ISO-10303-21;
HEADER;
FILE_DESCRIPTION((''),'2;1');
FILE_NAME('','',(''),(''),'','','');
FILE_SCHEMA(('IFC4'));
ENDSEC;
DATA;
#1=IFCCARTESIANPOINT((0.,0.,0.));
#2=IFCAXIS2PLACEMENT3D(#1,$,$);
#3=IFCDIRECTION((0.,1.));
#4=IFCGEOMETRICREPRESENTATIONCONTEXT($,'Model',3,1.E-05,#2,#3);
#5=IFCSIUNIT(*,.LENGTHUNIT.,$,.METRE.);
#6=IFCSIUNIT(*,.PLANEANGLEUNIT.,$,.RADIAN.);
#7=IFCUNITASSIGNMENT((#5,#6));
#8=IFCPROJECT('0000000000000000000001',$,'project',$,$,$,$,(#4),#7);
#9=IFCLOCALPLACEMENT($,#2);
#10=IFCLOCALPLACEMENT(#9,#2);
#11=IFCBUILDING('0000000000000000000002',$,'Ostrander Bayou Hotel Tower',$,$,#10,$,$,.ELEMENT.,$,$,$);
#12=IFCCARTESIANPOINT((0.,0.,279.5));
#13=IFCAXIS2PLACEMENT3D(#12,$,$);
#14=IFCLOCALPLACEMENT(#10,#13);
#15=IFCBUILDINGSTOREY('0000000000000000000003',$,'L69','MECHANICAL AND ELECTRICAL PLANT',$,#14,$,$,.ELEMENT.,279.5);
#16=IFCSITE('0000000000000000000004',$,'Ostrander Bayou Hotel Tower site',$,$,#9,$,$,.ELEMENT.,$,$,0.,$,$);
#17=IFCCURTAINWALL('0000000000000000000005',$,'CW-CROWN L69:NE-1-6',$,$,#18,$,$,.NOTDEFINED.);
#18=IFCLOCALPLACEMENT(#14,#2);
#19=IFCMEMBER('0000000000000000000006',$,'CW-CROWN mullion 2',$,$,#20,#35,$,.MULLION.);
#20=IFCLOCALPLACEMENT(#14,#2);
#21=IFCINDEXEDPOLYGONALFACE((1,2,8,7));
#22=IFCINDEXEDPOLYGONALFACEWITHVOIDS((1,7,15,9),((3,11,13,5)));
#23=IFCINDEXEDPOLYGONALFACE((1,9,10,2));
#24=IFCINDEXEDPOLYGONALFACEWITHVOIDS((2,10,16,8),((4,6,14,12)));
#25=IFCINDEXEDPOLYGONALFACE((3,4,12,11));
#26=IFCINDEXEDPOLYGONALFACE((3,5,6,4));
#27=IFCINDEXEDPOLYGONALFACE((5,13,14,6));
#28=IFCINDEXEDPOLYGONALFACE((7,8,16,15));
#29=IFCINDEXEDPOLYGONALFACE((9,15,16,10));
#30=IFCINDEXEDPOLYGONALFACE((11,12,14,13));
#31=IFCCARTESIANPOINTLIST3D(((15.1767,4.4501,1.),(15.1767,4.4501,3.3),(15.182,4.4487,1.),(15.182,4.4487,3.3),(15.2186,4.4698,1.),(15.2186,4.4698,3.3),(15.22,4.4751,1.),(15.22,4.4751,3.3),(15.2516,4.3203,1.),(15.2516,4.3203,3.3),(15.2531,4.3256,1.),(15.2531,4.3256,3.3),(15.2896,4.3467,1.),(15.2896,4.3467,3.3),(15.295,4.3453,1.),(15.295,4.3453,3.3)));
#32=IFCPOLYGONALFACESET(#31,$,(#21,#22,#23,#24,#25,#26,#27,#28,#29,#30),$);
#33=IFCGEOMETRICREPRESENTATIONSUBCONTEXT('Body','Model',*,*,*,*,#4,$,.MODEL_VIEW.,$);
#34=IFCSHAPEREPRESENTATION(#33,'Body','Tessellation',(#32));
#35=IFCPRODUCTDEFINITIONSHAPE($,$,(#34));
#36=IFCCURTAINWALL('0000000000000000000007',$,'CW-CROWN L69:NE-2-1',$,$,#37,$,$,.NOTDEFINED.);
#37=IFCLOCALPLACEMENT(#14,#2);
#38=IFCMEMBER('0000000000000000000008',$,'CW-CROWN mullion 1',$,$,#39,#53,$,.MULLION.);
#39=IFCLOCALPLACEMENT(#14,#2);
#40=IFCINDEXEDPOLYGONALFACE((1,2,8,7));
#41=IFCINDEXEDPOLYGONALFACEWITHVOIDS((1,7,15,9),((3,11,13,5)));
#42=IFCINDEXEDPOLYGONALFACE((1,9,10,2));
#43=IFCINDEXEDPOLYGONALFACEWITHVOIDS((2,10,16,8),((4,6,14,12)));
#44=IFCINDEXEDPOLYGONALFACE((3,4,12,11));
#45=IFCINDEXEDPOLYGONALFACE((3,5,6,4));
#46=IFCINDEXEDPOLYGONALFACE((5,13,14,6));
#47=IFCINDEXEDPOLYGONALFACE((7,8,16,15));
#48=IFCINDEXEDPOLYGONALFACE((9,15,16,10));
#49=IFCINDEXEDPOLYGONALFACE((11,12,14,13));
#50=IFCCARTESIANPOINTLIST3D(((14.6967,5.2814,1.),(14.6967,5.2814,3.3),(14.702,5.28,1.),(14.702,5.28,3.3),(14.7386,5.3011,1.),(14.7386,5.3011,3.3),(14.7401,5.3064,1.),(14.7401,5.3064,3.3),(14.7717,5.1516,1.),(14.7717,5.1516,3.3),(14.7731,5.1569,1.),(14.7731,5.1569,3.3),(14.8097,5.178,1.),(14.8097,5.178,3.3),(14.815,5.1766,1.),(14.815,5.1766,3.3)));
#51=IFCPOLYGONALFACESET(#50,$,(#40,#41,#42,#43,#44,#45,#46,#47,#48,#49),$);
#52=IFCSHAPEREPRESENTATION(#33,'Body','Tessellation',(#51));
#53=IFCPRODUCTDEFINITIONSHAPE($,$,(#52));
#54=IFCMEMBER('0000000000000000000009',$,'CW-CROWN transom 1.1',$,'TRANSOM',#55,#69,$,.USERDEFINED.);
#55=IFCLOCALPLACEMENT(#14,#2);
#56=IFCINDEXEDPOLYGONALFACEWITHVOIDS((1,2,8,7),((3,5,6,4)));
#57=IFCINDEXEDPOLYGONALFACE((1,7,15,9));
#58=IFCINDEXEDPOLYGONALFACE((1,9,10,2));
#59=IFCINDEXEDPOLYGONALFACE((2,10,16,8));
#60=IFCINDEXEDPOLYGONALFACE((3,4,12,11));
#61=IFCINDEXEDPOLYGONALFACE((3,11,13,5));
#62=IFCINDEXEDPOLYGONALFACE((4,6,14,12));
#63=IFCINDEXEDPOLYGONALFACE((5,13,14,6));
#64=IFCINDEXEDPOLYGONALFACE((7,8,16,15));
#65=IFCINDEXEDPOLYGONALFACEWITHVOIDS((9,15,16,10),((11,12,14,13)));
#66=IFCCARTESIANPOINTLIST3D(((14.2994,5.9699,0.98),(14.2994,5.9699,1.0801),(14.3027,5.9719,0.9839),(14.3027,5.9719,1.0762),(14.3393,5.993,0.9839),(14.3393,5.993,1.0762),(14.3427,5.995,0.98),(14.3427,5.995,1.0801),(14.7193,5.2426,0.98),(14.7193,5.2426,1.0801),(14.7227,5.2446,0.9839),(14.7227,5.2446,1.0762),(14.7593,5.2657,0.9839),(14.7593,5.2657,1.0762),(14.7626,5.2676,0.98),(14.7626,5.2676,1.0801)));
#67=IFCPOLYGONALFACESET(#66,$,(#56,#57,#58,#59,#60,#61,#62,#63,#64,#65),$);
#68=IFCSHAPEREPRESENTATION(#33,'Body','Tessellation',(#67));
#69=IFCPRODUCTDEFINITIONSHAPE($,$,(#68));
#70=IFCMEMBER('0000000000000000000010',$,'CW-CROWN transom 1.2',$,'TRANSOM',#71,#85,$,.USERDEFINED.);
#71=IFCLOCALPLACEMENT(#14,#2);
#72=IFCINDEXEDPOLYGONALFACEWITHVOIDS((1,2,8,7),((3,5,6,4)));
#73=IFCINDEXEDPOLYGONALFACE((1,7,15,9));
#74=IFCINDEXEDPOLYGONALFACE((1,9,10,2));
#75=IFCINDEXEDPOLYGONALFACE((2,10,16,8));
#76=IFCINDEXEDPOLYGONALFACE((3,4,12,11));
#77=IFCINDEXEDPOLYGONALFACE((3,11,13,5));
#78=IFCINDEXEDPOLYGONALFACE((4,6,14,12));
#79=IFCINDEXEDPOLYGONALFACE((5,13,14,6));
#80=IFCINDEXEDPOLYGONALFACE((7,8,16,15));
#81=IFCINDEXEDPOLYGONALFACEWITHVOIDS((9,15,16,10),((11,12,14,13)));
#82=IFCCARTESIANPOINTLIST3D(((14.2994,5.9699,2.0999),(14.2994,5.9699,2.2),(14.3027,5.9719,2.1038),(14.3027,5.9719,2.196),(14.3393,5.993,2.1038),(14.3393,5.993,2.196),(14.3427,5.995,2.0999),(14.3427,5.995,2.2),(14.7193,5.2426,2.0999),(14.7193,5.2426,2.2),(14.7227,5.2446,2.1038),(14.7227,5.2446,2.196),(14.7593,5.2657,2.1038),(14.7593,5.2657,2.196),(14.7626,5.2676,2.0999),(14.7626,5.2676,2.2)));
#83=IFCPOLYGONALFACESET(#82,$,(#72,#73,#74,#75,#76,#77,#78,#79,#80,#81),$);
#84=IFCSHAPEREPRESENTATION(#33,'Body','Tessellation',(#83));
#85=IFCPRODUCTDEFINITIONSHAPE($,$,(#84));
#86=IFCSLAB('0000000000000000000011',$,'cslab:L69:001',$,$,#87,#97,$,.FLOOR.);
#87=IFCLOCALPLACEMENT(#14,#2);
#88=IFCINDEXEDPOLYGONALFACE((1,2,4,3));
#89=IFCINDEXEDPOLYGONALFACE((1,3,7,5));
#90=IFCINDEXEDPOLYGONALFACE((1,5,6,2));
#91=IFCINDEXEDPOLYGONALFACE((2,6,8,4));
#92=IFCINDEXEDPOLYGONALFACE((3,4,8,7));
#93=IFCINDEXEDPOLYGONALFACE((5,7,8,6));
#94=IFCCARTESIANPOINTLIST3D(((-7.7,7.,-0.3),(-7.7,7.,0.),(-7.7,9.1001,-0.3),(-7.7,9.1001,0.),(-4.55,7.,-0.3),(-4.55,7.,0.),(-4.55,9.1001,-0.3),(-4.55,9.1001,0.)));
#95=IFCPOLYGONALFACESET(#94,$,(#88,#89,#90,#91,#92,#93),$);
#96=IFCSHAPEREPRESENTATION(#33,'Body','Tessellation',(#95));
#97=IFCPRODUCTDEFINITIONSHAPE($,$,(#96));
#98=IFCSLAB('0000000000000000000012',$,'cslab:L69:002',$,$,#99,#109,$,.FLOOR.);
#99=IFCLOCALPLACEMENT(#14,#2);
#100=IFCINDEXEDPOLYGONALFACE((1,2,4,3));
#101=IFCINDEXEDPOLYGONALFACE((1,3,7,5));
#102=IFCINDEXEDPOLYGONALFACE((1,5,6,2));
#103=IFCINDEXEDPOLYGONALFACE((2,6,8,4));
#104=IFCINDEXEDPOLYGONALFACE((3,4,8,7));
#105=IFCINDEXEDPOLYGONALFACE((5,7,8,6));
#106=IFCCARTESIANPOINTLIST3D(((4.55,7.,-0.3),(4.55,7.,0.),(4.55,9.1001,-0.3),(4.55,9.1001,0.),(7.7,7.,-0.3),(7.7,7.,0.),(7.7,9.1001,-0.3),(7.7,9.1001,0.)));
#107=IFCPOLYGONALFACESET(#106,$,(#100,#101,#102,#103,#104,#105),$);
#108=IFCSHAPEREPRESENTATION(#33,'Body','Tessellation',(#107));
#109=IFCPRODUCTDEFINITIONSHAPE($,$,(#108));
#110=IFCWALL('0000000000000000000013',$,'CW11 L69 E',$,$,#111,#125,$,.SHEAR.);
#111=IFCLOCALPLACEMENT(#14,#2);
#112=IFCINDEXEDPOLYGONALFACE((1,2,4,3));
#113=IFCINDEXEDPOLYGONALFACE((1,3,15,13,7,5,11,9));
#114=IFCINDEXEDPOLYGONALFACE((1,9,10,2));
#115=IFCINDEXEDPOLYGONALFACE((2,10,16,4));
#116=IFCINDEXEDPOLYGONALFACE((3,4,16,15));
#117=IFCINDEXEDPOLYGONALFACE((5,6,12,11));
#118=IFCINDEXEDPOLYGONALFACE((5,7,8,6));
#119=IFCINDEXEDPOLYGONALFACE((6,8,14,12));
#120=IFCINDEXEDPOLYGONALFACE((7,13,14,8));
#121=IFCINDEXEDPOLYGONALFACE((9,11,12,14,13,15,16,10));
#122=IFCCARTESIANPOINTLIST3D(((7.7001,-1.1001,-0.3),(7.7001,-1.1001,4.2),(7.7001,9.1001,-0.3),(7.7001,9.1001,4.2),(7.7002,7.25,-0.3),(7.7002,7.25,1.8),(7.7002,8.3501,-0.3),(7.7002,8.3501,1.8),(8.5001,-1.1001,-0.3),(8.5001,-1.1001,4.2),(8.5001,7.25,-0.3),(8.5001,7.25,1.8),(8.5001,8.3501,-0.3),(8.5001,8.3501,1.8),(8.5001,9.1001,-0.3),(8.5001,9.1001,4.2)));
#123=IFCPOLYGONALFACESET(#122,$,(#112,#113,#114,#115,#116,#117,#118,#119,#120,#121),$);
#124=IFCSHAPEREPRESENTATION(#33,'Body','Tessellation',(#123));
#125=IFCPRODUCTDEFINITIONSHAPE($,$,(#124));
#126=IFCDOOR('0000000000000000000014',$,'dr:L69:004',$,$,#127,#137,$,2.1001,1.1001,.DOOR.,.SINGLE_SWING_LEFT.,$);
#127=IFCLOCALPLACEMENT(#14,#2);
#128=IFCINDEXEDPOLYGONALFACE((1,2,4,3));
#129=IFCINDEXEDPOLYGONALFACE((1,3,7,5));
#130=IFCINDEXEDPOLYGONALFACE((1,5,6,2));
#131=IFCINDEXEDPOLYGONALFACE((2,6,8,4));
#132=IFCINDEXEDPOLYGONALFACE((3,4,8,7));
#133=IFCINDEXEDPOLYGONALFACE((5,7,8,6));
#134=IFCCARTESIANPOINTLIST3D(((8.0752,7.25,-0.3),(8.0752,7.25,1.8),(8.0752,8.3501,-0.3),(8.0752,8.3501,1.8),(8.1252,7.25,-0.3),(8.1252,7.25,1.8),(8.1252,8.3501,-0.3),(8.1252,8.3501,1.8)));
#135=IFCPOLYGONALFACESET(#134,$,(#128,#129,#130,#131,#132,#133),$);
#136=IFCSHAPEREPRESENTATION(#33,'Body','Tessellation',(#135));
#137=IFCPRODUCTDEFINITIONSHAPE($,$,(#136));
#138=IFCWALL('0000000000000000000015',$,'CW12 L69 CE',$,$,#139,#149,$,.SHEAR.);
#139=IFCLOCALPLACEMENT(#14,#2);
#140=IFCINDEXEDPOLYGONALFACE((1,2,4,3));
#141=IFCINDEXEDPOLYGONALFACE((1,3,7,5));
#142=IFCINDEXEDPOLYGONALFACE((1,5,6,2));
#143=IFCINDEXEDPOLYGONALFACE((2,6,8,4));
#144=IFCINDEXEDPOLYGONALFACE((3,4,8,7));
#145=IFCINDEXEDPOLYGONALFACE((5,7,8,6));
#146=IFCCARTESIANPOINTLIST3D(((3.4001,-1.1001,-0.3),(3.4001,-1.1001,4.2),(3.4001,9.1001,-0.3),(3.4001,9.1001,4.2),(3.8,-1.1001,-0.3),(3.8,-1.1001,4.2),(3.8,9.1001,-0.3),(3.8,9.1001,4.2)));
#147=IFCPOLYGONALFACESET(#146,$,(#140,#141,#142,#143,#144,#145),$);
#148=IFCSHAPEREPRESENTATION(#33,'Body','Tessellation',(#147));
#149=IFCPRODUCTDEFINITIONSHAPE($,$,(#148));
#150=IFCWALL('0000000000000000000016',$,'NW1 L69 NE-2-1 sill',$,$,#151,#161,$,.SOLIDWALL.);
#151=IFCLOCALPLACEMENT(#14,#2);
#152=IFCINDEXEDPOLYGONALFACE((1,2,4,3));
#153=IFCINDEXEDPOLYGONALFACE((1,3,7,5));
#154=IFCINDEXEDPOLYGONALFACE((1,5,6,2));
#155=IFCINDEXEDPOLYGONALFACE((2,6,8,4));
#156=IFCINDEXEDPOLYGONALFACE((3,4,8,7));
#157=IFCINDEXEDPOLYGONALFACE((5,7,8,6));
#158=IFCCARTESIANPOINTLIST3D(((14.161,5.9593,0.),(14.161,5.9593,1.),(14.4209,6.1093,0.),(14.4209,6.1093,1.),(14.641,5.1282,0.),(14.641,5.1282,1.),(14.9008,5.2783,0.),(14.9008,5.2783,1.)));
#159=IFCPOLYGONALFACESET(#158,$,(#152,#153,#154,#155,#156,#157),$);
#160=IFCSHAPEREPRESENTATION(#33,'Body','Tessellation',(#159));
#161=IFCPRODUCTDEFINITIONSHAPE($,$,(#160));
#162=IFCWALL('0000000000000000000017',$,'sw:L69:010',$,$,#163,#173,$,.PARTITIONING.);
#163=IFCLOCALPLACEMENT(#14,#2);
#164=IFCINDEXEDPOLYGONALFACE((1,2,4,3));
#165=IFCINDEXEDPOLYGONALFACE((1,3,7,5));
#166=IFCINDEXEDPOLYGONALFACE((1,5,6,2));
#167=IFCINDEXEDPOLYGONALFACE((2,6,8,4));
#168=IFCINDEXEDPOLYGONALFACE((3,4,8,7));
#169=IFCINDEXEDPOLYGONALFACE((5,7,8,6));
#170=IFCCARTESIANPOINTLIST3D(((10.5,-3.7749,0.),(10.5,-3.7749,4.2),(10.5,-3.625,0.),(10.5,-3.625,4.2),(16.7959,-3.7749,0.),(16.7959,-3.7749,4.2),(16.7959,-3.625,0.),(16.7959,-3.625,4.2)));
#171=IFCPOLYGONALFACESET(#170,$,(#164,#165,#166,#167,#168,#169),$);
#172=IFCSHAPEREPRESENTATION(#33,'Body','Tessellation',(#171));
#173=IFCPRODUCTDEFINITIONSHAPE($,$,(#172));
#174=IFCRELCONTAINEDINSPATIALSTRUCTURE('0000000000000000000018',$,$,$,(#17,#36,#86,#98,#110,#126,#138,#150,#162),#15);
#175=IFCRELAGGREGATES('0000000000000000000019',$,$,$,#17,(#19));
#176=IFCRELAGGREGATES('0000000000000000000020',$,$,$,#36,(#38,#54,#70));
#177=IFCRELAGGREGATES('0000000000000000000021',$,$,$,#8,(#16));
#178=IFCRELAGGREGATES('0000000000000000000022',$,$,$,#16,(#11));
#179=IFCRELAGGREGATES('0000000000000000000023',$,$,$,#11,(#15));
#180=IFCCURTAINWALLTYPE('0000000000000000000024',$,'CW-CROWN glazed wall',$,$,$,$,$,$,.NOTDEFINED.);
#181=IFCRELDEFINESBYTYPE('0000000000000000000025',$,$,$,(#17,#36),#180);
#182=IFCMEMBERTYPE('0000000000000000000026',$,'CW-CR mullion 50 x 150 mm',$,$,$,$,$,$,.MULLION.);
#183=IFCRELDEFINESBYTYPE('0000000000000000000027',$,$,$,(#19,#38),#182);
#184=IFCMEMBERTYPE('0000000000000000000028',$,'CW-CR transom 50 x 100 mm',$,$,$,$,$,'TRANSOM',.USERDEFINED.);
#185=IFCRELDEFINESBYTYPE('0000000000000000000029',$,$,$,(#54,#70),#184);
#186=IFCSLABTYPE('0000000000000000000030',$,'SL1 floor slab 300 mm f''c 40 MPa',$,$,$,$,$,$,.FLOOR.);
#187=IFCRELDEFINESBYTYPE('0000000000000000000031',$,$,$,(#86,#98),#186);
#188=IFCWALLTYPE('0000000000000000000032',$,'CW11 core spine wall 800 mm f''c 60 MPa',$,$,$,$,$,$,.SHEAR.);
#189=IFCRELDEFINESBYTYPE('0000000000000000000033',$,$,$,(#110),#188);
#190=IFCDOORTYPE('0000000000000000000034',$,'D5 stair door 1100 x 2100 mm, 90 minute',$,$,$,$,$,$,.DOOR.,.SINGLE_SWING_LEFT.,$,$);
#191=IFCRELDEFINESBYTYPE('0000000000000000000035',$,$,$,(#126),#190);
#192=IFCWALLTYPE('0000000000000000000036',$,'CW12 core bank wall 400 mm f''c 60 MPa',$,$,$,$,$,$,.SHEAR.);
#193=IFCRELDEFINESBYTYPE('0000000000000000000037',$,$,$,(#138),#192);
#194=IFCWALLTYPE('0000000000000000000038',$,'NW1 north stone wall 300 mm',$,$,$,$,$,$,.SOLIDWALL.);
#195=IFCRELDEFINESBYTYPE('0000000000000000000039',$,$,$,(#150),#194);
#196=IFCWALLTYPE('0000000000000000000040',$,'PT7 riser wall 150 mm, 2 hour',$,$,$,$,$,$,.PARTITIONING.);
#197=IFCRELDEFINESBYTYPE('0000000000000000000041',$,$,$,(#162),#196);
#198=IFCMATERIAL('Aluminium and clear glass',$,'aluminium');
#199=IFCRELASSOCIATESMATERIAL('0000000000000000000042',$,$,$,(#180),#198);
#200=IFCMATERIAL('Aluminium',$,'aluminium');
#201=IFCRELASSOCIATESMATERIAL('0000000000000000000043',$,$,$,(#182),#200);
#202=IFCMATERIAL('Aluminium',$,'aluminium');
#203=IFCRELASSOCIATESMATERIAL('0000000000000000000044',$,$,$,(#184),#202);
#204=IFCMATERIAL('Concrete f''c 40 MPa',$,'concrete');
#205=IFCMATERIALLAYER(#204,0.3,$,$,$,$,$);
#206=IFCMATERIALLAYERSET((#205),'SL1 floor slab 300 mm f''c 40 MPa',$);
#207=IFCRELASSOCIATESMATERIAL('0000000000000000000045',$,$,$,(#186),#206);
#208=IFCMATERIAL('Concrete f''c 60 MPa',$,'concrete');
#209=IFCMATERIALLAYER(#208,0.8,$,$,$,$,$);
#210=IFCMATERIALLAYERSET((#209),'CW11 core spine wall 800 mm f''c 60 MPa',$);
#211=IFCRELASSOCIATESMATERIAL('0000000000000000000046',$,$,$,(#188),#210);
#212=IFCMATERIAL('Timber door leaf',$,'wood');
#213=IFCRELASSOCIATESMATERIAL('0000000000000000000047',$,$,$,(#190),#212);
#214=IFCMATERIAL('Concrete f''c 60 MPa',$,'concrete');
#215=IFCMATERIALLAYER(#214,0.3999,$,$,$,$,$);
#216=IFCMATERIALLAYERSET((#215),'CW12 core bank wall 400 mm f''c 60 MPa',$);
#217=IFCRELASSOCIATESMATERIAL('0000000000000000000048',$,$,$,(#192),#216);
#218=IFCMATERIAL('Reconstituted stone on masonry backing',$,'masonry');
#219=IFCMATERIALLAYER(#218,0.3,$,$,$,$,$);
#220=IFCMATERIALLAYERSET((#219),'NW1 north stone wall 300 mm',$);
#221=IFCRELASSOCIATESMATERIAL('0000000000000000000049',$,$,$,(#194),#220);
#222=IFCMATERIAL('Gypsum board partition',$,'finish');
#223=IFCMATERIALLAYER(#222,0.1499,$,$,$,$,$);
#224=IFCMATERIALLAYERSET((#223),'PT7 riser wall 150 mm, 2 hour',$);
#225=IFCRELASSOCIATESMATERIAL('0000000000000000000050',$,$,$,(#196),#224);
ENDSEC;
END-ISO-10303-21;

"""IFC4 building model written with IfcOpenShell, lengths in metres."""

from ifc_helpers import new_model, si_unit, direction, frame, frame_2d, origin, origin_2d, place, context, subcontext, project, spatial, polyline, rectangle, hollow_rectangle, outline, extrude, material, layer, layer_set, material_profile, profile_set, type_object, element, fill, aggregate, save


model = new_model("IFC4")

# Units and contexts
model_context = context("Model", 3, precision=1e-05, world=origin(), true_north=direction((0.0, 1.0)))
body_context = subcontext(model_context, "Body", "Model", "MODEL_VIEW")
ifc_project = project(units=[si_unit("LENGTHUNIT", "METRE"), si_unit("PLANEANGLEUNIT", "RADIAN")], contexts=[model_context])

# Site, building, storey
site_placement = place(None, origin())
site = spatial("IfcSite", under=ifc_project, at=site_placement, Name="Ostrander Bayou Hotel Tower site", CompositionType="ELEMENT", RefElevation=0.0)
building_placement = place(site_placement, origin())
building = spatial("IfcBuilding", under=site, at=building_placement, Name="Ostrander Bayou Hotel Tower", CompositionType="ELEMENT")
storey_placement = place(building_placement, frame((0.0, 0.0, 279.5)))
storey = spatial("IfcBuildingStorey", under=building, at=storey_placement, Name="L69", Description="MECHANICAL AND ELECTRICAL PLANT", CompositionType="ELEMENT", Elevation=279.5)

# Curtain wall, member
ifc_material_1 = material(Name="Aluminium and clear glass", Category="aluminium")
curtain_wall_type = type_object("IfcCurtainWallType", Name="CW-CROWN glazed wall", PredefinedType="NOTDEFINED", material=ifc_material_1)
curtain_wall_1_placement = place(storey_placement, origin())
curtain_wall_1 = element("IfcCurtainWall", 1, at=curtain_wall_1_placement, inside=storey, type_object=curtain_wall_type, Name="CW-CROWN L69:NE-1-6", PredefinedType="NOTDEFINED")
ifc_material_2 = material(Name="Aluminium", Category="aluminium")
ifc_material_profile_1 = material_profile(ifc_material_2, hollow_rectangle(XDim=0.05, YDim=0.1499, WallThickness=0.0039, at=origin_2d()))
ifc_profile_set_1 = profile_set([ifc_material_profile_1], Name="Aluminium")
member_type_1 = type_object("IfcMemberType", Name="CW-CR mullion 50 x 150 mm", PredefinedType="MULLION", material=ifc_profile_set_1)
member_1_placement = place(storey_placement, frame((15.2358, 4.3977, 1.0), z_axis=(0.0, 0.0, 1.0), x_axis=(-0.866044, -0.499967, 0.0)))
member_1 = element("IfcMember", 2, at=member_1_placement, type_object=member_type_1, Name="CW-CROWN mullion 2", PredefinedType="MULLION", context=body_context, shape_type="SweptSolid", body=[
    extrude(hollow_rectangle(XDim=0.05, YDim=0.1499, WallThickness=0.0039, at=origin_2d()), origin(), (0.0, 0.0, 1.0), 2.3),
])
aggregate(curtain_wall_1, [member_1])

# Curtain wall, members
curtain_wall_2_placement = place(storey_placement, origin())
curtain_wall_2 = element("IfcCurtainWall", 3, at=curtain_wall_2_placement, inside=storey, type_object=curtain_wall_type, Name="CW-CROWN L69:NE-2-1", PredefinedType="NOTDEFINED")
member_2_placement = place(storey_placement, frame((14.7559, 5.229, 1.0), z_axis=(0.0, 0.0, 1.0), x_axis=(-0.866022, -0.500005, 0.0)))
member_2 = element("IfcMember", 4, at=member_2_placement, type_object=member_type_1, Name="CW-CROWN mullion 1", PredefinedType="MULLION", context=body_context, shape_type="SweptSolid", body=[
    extrude(hollow_rectangle(XDim=0.05, YDim=0.1499, WallThickness=0.0039, at=origin_2d()), origin(), (0.0, 0.0, 1.0), 2.3),
])
ifc_material_3 = material(Name="Aluminium", Category="aluminium")
ifc_material_profile_2 = material_profile(ifc_material_3, hollow_rectangle(XDim=0.05, YDim=0.1001, WallThickness=0.0039, at=origin_2d()))
ifc_profile_set_2 = profile_set([ifc_material_profile_2], Name="Aluminium")
member_type_2 = type_object("IfcMemberType", Name="CW-CR transom 50 x 100 mm", ElementType="TRANSOM", PredefinedType="USERDEFINED", material=ifc_profile_set_2)
member_3_placement = place(storey_placement, frame((14.741, 5.2551, 1.03), z_axis=(-0.500016, 0.866016, 0.0), x_axis=(-0.866016, -0.500016, 0.0)))
member_3 = element("IfcMember", 5, at=member_3_placement, type_object=member_type_2, Name="CW-CROWN transom 1.1", ObjectType="TRANSOM", PredefinedType="USERDEFINED", context=body_context, shape_type="SweptSolid", body=[
    extrude(hollow_rectangle(XDim=0.05, YDim=0.1001, WallThickness=0.0039, at=origin_2d()), origin(), (0.0, 0.0, 1.0), 0.8398),
])
member_4_placement = place(storey_placement, frame((14.741, 5.2551, 2.1499), z_axis=(-0.500016, 0.866016, 0.0), x_axis=(-0.866016, -0.500016, 0.0)))
member_4 = element("IfcMember", 6, at=member_4_placement, type_object=member_type_2, Name="CW-CROWN transom 1.2", ObjectType="TRANSOM", PredefinedType="USERDEFINED", context=body_context, shape_type="SweptSolid", body=[
    extrude(hollow_rectangle(XDim=0.05, YDim=0.1001, WallThickness=0.0039, at=origin_2d()), origin(), (0.0, 0.0, 1.0), 0.8398),
])
aggregate(curtain_wall_2, [member_2, member_3, member_4])

# Slabs
ifc_material_4 = material(Name="Concrete f'c 40 MPa", Category="concrete")
ifc_layer_1 = layer(ifc_material_4, 0.3)
ifc_layer_set_1 = layer_set([ifc_layer_1], Name="SL1 floor slab 300 mm f'c 40 MPa")
slab_type = type_object("IfcSlabType", Name="SL1 floor slab 300 mm f'c 40 MPa", PredefinedType="FLOOR", material=ifc_layer_set_1)
slab_1_placement = place(storey_placement, frame((0.0, 0.0, -0.3)))
element("IfcSlab", 7, at=slab_1_placement, inside=storey, type_object=slab_type, Name="cslab:L69:001", PredefinedType="FLOOR", context=body_context, shape_type="SweptSolid", body=[
    extrude(outline(polyline([(-7.7, 7.0), (-7.7, 9.1001), (-4.55, 9.1001), (-4.55, 7.0), (-7.7, 7.0)])), origin(), (0.0, 0.0, 1.0), 0.3),
])
slab_2_placement = place(storey_placement, frame((0.0, 0.0, -0.3)))
element("IfcSlab", 8, at=slab_2_placement, inside=storey, type_object=slab_type, Name="cslab:L69:002", PredefinedType="FLOOR", context=body_context, shape_type="SweptSolid", body=[
    extrude(outline(polyline([(4.55, 7.0), (4.55, 9.1001), (7.7, 9.1001), (7.7, 7.0), (4.55, 7.0)])), origin(), (0.0, 0.0, 1.0), 0.3),
])

# Wall, opening, door
ifc_material_5 = material(Name="Concrete f'c 60 MPa", Category="concrete")
ifc_layer_2 = layer(ifc_material_5, 0.8)
ifc_layer_set_2 = layer_set([ifc_layer_2], Name="CW11 core spine wall 800 mm f'c 60 MPa")
wall_type_1 = type_object("IfcWallType", Name="CW11 core spine wall 800 mm f'c 60 MPa", PredefinedType="SHEAR", material=ifc_layer_set_2)
wall_1_placement = place(storey_placement, frame((8.1001, -1.1001, -0.3), z_axis=(0.0, 0.0, 1.0), x_axis=(0.0, 1.0, 0.0)))
wall_1 = element("IfcWall", 9, at=wall_1_placement, inside=storey, type_object=wall_type_1, Name="CW11 L69 E", PredefinedType="SHEAR", context=body_context, shape_type="SweptSolid", body=[
    extrude(rectangle(XDim=10.2002, YDim=0.8, at=frame_2d((5.1001, 0.0))), origin(), (0.0, 0.0, 1.0), 4.5),
])
opening_1_placement = place(wall_1_placement, frame((8.3501, 0.0, 0.0)))
opening_1 = element("IfcOpeningElement", 10, at=opening_1_placement, cuts=wall_1, PredefinedType="OPENING", context=body_context, shape_type="SweptSolid", body=[
    extrude(rectangle(XDim=1.1001, YDim=2.1001, at=frame_2d((0.55, 1.05))), frame((0.0, 0.3999, 0.0), z_axis=(0.0, -1.0, 0.0), x_axis=(1.0, 0.0, 0.0)), (0.0, 0.0, 1.0), 0.8),
])
ifc_material_6 = material(Name="Timber door leaf", Category="wood")
door_type_1 = type_object("IfcDoorType", Name="D5 stair door 1100 x 2100 mm, 90 minute", OperationType="SINGLE_SWING_LEFT", PredefinedType="DOOR", material=ifc_material_6)
door_1_placement = place(opening_1_placement, origin())
door_1 = element("IfcDoor", 11, at=door_1_placement, inside=storey, type_object=door_type_1, Name="dr:L69:004", OperationType="SINGLE_SWING_LEFT", OverallHeight=2.1001, OverallWidth=1.1001, PredefinedType="DOOR", context=body_context, shape_type="SweptSolid", body=[
    extrude(rectangle(XDim=1.1001, YDim=2.1001, at=frame_2d((0.55, 1.05))), frame((0.0, 0.0249, 0.0), z_axis=(0.0, -1.0, 0.0), x_axis=(1.0, 0.0, 0.0)), (0.0, 0.0, 1.0), 0.05),
])
fill(opening_1, door_1)

# Walls
ifc_material_7 = material(Name="Concrete f'c 60 MPa", Category="concrete")
ifc_layer_3 = layer(ifc_material_7, 0.3999)
ifc_layer_set_3 = layer_set([ifc_layer_3], Name="CW12 core bank wall 400 mm f'c 60 MPa")
wall_type_2 = type_object("IfcWallType", Name="CW12 core bank wall 400 mm f'c 60 MPa", PredefinedType="SHEAR", material=ifc_layer_set_3)
wall_2_placement = place(storey_placement, frame((3.6001, -1.1001, -0.3), z_axis=(0.0, 0.0, 1.0), x_axis=(0.0, 1.0, 0.0)))
element("IfcWall", 12, at=wall_2_placement, inside=storey, type_object=wall_type_2, Name="CW12 L69 CE", PredefinedType="SHEAR", context=body_context, shape_type="SweptSolid", body=[
    extrude(rectangle(XDim=10.2002, YDim=0.3999, at=frame_2d((5.1001, 0.0))), origin(), (0.0, 0.0, 1.0), 4.5),
])
ifc_material_8 = material(Name="Reconstituted stone on masonry backing", Category="masonry")
ifc_layer_4 = layer(ifc_material_8, 0.3)
ifc_layer_set_4 = layer_set([ifc_layer_4], Name="NW1 north stone wall 300 mm")
wall_type_3 = type_object("IfcWallType", Name="NW1 north stone wall 300 mm", PredefinedType="SOLIDWALL", material=ifc_layer_set_4)
wall_3_placement = place(storey_placement, frame((14.771, 5.2031, 0.0), z_axis=(0.0, 0.0, 1.0), x_axis=(-0.500133, 0.865948, 0.0)))
element("IfcWall", 13, at=wall_3_placement, inside=storey, type_object=wall_type_3, Name="NW1 L69 NE-2-1 sill", PredefinedType="SOLIDWALL", context=body_context, shape_type="SweptSolid", body=[
    extrude(rectangle(XDim=0.9597, YDim=0.3, at=frame_2d((0.48, 0.0))), origin(), (0.0, 0.0, 1.0), 1.0),
])

# Wall
ifc_material_9 = material(Name="Gypsum board partition", Category="finish")
ifc_layer_5 = layer(ifc_material_9, 0.1499)
ifc_layer_set_5 = layer_set([ifc_layer_5], Name="PT7 riser wall 150 mm, 2 hour")
wall_type_4 = type_object("IfcWallType", Name="PT7 riser wall 150 mm, 2 hour", PredefinedType="PARTITIONING", material=ifc_layer_set_5)
wall_4_placement = place(storey_placement, frame((10.5, -3.7, 0.0), z_axis=(0.0, 0.0, 1.0), x_axis=(1.0, 0.0, 0.0)))
element("IfcWall", 14, at=wall_4_placement, inside=storey, type_object=wall_type_4, Name="sw:L69:010", PredefinedType="PARTITIONING", context=body_context, shape_type="SweptSolid", body=[
    extrude(rectangle(XDim=6.2959, YDim=0.1499, at=frame_2d((3.1479, 0.0))), origin(), (0.0, 0.0, 1.0), 4.2),
])

save(model, "model.ifc")
